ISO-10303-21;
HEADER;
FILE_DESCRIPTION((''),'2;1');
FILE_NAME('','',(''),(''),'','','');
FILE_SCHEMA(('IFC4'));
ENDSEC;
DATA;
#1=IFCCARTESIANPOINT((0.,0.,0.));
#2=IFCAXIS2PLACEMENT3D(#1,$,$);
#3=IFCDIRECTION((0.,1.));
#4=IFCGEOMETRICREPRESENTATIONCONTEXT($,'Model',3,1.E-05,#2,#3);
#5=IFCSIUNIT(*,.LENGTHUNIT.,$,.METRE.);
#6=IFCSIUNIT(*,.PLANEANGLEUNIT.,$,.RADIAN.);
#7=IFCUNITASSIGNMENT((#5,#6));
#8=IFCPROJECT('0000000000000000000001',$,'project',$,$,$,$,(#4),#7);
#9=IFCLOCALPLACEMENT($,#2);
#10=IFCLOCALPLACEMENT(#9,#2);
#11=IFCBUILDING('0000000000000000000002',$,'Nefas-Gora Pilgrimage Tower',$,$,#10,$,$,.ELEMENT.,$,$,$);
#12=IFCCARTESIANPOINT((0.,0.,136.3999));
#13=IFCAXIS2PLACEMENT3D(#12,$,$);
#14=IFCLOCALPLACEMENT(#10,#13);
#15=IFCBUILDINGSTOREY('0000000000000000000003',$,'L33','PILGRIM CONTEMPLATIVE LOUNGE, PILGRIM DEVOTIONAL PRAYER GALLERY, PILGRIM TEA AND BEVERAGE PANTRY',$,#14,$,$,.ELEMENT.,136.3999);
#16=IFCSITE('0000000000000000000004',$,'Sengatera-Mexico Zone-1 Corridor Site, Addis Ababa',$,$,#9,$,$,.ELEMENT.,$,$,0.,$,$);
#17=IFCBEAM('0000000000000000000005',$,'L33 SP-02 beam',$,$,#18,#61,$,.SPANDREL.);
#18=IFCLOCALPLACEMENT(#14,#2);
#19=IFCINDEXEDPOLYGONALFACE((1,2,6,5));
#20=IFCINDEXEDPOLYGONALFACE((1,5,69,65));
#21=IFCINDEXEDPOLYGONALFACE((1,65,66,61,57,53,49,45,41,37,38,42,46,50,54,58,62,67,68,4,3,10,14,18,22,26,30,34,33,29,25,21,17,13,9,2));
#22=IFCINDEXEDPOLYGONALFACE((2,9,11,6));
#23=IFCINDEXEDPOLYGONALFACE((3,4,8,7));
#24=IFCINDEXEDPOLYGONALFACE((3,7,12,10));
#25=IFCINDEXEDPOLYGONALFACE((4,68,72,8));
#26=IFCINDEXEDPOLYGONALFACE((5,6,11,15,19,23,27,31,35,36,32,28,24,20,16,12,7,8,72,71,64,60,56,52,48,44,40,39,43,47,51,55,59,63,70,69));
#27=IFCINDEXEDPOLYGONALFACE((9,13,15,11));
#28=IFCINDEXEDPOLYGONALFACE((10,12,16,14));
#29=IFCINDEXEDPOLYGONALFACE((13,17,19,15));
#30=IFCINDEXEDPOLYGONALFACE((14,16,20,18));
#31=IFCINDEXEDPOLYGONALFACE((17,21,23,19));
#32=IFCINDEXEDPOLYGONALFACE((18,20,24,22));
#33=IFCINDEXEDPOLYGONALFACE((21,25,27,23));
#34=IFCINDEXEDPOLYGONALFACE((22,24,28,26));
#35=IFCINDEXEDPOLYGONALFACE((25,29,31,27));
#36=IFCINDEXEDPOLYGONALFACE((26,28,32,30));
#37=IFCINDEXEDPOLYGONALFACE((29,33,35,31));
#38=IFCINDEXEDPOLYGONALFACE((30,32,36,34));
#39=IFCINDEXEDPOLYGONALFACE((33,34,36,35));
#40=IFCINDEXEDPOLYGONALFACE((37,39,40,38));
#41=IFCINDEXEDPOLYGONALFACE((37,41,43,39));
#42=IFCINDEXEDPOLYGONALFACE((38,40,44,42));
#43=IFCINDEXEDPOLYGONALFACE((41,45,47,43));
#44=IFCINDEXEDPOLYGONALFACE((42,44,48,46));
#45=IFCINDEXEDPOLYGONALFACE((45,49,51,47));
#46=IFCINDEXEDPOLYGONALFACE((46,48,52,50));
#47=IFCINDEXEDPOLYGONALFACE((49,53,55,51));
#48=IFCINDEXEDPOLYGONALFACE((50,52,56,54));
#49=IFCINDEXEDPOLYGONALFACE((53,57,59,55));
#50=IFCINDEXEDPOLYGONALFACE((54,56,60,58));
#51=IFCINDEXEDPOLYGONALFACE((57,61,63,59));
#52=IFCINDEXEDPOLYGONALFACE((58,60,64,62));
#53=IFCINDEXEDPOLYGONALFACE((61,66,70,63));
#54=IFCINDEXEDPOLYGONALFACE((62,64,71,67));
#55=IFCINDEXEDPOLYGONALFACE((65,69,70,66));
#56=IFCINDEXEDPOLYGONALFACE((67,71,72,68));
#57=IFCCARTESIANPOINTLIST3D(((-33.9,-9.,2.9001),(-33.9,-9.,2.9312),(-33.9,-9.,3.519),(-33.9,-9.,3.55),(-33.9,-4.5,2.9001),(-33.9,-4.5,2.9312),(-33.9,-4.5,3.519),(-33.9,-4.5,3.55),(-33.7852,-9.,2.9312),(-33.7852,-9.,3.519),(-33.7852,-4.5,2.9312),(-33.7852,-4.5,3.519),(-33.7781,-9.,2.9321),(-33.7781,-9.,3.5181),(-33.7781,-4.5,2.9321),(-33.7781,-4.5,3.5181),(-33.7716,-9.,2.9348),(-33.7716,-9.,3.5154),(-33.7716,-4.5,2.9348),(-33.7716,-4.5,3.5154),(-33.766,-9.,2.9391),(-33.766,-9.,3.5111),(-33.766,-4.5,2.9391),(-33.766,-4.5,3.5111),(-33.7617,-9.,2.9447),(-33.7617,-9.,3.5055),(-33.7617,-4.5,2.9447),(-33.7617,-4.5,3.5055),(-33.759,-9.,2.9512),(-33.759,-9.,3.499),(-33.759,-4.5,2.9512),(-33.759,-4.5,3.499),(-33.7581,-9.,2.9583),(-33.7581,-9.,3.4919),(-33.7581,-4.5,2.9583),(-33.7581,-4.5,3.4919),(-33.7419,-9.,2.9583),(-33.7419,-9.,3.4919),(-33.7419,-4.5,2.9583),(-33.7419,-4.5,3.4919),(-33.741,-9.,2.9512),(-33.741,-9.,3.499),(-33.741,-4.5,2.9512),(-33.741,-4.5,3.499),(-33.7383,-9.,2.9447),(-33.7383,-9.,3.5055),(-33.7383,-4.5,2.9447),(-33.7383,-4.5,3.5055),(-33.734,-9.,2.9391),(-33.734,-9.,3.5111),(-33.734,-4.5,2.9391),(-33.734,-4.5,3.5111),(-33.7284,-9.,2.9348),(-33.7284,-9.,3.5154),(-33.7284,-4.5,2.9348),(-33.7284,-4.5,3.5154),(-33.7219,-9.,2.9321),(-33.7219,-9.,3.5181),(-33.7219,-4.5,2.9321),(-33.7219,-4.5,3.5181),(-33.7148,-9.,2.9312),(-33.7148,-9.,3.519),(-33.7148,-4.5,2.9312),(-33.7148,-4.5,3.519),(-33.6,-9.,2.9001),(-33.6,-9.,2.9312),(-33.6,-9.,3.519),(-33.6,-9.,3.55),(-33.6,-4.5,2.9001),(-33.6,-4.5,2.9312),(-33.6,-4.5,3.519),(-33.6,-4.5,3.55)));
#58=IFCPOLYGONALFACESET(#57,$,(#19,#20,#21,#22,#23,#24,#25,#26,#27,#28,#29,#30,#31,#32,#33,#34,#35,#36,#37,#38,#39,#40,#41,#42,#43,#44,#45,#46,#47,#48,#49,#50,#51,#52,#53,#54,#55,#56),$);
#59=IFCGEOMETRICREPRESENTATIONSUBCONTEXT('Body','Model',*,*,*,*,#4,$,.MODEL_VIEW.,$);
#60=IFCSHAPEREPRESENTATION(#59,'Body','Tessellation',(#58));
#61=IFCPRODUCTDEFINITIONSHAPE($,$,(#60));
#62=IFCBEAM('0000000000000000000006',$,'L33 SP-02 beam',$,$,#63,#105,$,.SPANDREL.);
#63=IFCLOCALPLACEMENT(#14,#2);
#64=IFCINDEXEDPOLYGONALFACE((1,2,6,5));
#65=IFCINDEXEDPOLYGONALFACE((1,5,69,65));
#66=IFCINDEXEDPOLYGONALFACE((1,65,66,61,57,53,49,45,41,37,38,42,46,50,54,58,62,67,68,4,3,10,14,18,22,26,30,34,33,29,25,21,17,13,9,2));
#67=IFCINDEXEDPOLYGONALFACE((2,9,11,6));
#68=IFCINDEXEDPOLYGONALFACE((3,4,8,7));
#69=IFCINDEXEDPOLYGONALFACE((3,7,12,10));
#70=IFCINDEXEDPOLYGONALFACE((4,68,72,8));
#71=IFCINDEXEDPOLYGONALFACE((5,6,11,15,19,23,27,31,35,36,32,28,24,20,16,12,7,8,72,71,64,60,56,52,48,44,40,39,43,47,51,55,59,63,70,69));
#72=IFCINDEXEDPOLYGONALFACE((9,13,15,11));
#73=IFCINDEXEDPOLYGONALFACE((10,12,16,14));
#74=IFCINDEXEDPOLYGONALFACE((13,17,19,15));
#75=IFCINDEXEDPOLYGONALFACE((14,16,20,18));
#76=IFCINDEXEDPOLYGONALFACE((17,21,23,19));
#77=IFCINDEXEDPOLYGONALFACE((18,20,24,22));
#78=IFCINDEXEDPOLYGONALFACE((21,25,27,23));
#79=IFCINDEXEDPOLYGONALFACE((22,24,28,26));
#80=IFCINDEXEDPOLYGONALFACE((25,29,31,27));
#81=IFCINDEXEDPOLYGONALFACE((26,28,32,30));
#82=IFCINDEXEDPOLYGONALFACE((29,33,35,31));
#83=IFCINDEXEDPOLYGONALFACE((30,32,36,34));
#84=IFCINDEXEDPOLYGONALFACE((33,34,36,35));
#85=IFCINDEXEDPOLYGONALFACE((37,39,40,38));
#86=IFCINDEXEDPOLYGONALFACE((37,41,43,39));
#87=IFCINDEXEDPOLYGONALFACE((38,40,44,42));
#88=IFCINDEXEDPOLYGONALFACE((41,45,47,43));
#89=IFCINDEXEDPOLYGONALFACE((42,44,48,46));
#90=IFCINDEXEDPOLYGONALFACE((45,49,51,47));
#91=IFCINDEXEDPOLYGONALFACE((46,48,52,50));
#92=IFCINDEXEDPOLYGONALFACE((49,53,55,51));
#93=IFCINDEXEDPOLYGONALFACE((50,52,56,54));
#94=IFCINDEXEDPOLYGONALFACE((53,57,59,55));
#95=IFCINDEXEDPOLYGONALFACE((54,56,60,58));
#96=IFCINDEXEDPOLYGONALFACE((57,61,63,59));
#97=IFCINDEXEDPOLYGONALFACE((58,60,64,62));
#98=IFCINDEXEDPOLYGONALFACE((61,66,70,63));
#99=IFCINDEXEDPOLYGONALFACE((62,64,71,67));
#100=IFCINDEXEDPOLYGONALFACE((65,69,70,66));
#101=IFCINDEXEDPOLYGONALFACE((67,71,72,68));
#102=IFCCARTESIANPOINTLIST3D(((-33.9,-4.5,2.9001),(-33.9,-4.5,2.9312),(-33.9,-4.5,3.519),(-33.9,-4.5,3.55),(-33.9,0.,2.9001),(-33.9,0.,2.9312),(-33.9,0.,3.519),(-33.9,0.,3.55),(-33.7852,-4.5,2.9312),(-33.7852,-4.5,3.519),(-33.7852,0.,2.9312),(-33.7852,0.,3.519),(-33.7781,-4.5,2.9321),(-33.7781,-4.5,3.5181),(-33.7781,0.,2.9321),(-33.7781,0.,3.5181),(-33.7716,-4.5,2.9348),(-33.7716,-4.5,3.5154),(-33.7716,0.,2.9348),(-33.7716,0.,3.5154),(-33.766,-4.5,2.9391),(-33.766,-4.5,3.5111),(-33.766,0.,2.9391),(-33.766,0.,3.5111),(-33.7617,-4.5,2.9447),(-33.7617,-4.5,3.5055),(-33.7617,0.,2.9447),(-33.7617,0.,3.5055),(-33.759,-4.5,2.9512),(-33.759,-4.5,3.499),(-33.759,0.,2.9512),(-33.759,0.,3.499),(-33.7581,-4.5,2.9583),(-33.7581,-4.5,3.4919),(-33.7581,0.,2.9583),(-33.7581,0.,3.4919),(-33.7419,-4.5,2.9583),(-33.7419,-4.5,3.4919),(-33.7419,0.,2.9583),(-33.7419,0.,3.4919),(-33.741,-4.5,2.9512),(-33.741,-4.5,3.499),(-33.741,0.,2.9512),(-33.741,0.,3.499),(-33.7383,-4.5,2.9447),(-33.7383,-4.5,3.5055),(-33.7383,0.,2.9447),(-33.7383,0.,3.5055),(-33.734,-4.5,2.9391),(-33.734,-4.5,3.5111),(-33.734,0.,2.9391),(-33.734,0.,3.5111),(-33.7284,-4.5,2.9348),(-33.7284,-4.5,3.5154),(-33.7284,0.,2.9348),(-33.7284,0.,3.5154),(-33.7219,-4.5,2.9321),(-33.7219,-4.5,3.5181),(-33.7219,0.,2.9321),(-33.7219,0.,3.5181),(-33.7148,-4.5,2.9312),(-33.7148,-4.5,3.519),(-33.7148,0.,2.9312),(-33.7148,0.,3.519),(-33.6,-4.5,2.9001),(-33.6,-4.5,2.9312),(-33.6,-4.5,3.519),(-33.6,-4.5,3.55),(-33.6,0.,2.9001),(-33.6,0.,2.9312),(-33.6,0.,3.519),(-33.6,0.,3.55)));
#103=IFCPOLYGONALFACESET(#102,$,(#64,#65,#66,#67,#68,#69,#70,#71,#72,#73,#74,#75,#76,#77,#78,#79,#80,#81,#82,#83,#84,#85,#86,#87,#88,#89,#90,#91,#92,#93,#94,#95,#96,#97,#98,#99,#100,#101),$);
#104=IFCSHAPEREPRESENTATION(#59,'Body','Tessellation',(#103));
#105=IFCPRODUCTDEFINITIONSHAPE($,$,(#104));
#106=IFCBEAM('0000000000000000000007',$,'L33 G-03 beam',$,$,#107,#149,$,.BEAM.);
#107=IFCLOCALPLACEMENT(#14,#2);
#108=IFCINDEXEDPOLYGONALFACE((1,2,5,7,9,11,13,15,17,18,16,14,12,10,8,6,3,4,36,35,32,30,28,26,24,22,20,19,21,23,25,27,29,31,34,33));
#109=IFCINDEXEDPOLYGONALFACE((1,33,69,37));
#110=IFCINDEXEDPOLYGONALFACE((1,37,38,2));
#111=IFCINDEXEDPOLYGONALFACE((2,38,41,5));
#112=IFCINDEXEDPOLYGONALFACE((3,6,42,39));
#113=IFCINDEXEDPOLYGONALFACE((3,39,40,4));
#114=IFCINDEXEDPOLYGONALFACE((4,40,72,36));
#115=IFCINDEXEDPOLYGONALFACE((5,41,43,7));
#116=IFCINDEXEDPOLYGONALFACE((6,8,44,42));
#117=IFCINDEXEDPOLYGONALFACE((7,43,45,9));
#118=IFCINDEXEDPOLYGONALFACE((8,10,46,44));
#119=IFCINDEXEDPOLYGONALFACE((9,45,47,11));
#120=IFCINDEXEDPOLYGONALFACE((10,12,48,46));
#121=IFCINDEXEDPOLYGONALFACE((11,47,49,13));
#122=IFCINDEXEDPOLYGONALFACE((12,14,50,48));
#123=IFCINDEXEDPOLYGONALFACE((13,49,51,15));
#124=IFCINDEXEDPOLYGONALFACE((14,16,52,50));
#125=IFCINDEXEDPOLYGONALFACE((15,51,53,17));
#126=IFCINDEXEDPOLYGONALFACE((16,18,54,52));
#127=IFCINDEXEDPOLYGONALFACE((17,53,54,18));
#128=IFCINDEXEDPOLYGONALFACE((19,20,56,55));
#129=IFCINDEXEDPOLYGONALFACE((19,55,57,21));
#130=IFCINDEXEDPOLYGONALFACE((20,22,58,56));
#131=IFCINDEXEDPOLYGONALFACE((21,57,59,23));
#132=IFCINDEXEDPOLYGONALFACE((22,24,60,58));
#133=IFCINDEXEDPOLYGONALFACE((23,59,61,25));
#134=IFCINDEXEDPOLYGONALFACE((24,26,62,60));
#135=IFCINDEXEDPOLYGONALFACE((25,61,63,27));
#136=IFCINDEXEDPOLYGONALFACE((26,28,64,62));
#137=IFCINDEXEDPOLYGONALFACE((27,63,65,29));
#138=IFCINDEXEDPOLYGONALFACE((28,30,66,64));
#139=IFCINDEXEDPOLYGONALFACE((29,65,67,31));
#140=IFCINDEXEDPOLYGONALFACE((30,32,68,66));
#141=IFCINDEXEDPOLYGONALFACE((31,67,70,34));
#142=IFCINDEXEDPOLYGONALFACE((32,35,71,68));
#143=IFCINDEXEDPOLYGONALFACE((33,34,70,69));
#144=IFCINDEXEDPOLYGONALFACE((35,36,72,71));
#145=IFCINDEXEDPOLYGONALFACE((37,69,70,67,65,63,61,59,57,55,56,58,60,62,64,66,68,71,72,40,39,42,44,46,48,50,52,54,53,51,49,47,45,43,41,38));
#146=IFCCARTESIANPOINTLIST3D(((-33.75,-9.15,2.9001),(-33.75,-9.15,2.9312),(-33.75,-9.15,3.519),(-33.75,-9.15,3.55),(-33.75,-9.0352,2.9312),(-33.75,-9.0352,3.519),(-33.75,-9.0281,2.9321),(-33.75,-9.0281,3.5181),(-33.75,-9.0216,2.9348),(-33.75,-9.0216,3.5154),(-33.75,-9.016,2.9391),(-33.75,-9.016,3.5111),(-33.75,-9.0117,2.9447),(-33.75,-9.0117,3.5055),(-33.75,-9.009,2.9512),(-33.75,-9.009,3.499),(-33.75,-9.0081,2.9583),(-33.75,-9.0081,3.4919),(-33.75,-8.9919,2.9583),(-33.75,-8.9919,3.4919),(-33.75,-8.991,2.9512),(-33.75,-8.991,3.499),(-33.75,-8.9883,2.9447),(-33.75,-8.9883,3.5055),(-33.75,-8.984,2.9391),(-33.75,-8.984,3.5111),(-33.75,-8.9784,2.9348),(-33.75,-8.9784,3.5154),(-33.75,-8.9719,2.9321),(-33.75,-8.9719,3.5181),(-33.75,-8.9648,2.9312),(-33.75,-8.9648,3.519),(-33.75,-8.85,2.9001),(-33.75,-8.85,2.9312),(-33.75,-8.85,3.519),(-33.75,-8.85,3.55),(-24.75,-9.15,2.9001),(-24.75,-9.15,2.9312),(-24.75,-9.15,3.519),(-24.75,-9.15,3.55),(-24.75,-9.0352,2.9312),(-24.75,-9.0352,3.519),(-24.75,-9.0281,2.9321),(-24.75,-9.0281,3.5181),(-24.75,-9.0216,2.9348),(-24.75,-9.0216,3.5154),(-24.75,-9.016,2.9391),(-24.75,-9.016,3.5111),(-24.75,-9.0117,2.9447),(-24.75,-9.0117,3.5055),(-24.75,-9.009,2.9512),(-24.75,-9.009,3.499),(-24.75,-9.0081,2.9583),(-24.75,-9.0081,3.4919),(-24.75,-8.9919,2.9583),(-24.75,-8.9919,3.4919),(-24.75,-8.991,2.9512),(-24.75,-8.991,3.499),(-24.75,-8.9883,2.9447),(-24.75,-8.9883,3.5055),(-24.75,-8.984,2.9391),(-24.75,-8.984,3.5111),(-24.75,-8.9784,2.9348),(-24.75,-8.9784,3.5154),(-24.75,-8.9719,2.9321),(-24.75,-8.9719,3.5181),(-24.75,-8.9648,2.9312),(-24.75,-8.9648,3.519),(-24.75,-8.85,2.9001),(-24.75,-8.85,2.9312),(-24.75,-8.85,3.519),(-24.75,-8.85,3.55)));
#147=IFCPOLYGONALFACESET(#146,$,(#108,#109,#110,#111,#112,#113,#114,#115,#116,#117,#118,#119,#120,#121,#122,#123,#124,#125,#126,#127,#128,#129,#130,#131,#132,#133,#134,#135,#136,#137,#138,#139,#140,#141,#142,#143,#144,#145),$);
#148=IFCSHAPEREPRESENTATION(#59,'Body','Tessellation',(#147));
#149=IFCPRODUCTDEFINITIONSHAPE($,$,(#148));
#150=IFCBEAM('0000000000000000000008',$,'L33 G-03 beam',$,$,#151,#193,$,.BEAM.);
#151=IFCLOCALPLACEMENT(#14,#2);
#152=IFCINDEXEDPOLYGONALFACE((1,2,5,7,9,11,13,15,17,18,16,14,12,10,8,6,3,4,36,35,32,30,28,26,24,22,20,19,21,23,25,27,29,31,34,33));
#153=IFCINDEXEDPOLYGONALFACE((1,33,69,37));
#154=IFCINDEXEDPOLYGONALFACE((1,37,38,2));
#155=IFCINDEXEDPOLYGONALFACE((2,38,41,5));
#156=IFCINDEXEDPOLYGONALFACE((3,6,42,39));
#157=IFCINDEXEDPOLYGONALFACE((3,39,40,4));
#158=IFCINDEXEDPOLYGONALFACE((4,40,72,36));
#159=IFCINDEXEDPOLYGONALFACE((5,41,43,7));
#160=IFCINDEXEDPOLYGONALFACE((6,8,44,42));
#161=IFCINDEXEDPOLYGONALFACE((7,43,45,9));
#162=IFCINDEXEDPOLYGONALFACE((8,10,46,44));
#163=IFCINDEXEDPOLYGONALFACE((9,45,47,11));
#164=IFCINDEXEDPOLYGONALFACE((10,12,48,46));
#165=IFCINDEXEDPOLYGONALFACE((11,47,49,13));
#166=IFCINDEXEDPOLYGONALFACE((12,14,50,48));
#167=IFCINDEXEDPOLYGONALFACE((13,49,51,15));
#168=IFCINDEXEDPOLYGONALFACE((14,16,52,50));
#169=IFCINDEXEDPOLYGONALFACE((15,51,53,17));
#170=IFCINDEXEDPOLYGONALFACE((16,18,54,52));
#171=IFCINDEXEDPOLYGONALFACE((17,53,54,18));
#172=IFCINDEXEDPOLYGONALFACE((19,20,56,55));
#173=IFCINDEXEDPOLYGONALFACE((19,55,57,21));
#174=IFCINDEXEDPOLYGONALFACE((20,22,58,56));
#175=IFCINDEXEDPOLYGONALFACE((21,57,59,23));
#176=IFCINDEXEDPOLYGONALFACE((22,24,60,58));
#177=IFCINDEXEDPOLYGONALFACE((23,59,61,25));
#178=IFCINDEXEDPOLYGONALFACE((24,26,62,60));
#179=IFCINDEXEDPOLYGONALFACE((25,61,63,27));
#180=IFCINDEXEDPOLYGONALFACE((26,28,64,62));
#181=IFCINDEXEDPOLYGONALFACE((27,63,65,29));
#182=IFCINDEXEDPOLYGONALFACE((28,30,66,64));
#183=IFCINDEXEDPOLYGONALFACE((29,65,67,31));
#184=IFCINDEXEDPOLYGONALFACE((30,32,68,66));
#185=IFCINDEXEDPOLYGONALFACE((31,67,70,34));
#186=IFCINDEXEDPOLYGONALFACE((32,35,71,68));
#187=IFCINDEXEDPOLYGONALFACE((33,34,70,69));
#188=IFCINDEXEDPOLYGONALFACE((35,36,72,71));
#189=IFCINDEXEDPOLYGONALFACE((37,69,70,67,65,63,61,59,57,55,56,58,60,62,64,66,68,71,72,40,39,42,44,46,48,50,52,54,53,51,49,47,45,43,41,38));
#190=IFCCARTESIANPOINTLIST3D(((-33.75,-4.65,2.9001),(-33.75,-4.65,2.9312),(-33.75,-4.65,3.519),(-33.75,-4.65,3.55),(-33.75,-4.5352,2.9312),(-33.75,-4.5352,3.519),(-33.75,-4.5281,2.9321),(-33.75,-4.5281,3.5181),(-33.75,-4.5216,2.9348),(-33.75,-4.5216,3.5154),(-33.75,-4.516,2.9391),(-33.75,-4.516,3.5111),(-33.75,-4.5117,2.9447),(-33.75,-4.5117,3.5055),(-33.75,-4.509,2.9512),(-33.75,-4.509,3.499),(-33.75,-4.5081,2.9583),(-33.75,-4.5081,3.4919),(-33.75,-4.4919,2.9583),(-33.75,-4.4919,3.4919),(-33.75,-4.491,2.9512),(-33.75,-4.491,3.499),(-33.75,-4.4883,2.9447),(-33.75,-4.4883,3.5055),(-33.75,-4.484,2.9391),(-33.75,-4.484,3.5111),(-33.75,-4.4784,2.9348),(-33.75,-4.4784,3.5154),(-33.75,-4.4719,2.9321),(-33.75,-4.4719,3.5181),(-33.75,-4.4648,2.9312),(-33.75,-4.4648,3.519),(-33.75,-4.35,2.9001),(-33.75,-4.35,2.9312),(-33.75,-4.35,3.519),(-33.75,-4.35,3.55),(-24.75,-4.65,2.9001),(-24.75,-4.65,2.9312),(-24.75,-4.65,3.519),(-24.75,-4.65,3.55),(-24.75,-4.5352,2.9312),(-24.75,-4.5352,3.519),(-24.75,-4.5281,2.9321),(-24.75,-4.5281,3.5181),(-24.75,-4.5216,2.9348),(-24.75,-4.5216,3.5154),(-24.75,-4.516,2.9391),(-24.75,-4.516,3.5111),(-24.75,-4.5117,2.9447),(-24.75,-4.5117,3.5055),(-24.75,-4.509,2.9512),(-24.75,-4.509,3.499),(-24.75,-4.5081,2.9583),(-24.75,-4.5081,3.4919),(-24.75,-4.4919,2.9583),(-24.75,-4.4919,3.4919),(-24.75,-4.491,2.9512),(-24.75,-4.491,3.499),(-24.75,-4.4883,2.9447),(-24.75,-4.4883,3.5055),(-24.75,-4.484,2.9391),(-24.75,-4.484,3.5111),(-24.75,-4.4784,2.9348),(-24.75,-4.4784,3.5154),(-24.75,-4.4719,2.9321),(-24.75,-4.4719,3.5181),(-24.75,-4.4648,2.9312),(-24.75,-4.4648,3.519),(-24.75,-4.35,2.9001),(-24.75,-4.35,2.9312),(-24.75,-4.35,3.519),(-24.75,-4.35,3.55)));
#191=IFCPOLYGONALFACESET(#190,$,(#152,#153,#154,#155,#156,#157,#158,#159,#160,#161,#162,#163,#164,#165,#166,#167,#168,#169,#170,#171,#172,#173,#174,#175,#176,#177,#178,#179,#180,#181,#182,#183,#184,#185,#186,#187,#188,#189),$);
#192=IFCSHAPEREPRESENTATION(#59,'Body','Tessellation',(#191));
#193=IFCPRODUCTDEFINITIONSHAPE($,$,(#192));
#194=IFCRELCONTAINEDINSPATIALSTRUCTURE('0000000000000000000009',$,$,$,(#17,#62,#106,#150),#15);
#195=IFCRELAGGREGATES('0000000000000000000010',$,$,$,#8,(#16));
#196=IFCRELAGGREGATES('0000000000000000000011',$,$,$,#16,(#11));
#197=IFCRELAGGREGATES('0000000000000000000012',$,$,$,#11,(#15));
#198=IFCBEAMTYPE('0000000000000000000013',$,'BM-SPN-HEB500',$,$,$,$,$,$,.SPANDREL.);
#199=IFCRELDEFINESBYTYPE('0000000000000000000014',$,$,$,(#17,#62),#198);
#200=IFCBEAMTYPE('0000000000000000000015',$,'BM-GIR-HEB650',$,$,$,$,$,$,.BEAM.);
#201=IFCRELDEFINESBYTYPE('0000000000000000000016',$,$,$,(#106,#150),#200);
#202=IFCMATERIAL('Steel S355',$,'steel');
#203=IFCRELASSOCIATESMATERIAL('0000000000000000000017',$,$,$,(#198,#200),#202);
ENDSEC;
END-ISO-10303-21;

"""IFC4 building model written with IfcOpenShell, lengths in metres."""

from ifc_helpers import new_model, si_unit, direction, frame, origin, origin_2d, place, context, subcontext, project, spatial, i_section, extrude, source, transform, mapped, material, material_profile, profile_set, type_object, element, save


model = new_model("IFC4")

# Units and contexts
model_context = context("Model", 3, precision=1e-05, world=origin(), true_north=direction((0.0, 1.0)))
body_context = subcontext(model_context, "Body", "Model", "MODEL_VIEW")
ifc_project = project(units=[si_unit("LENGTHUNIT", "METRE"), si_unit("PLANEANGLEUNIT", "RADIAN")], contexts=[model_context])

# Site, building, storey
site_placement = place(None, origin())
site = spatial("IfcSite", under=ifc_project, at=site_placement, Name="Sengatera-Mexico Zone-1 Corridor Site, Addis Ababa", CompositionType="ELEMENT", RefElevation=0.0)
building_placement = place(site_placement, origin())
building = spatial("IfcBuilding", under=site, at=building_placement, Name="Nefas-Gora Pilgrimage Tower", CompositionType="ELEMENT")
storey_placement = place(building_placement, frame((0.0, 0.0, 136.3999)))
storey = spatial("IfcBuildingStorey", under=building, at=storey_placement, Name="L33", Description="PILGRIM CONTEMPLATIVE LOUNGE, PILGRIM DEVOTIONAL PRAYER GALLERY, PILGRIM TEA AND BEVERAGE PANTRY", CompositionType="ELEMENT", Elevation=136.3999)

# Beams
ifc_material_1 = material(Name="Steel S355", Category="steel")
ifc_material_profile_1 = material_profile(ifc_material_1, i_section(OverallWidth=0.3, OverallDepth=0.6499, WebThickness=0.0161, FlangeThickness=0.031, FilletRadius=0.0271, at=origin_2d()), Name="HEB 650")
ifc_profile_set_1 = profile_set([ifc_material_profile_1], Name="Steel S355")
beam_type_1 = type_object("IfcBeamType", Name="BM-SPN-HEB500", PredefinedType="SPANDREL", material=ifc_profile_set_1)
shared_shape_1 = source(origin(), body_context, "Body", "SweptSolid", [
    extrude(i_section(OverallWidth=0.3, OverallDepth=0.6499, WebThickness=0.0161, FlangeThickness=0.031, FilletRadius=0.0271, at=origin_2d()), origin(), (0.0, 0.0, 1.0), 4.5),
])
for number, where, z_axis, x_axis, name in (
    (1, (-33.75, -9.0, 3.2251), (0.0, 1.0, 0.0), (-1.0, 0.0, 0.0), "L33 SP-02 beam"),
    (2, (-33.75, -4.5, 3.2251), (0.0, 1.0, 0.0), (-1.0, 0.0, 0.0), "L33 SP-02 beam"),
):
    element("IfcBeam", number, at=place(storey_placement, frame(where, z_axis=z_axis, x_axis=x_axis)), inside=storey, type_object=beam_type_1, Name=name, PredefinedType="SPANDREL", context=body_context, shape_type="MappedRepresentation", body=[
        mapped(shared_shape_1, transform((0.0, 0.0, 0.0), x_axis=(1.0, 0.0, 0.0), y_axis=(0.0, 1.0, 0.0), z_axis=(0.0, 0.0, 1.0), scale=1.0)),
    ])
ifc_material_profile_2 = material_profile(ifc_material_1, i_section(OverallWidth=0.3, OverallDepth=0.6499, WebThickness=0.0161, FlangeThickness=0.031, FilletRadius=0.0271, at=origin_2d()), Name="HEB 650")
ifc_profile_set_2 = profile_set([ifc_material_profile_2], Name="Steel S355")
beam_type_2 = type_object("IfcBeamType", Name="BM-GIR-HEB650", PredefinedType="BEAM", material=ifc_profile_set_2)
shared_shape_2 = source(origin(), body_context, "Body", "SweptSolid", [
    extrude(i_section(OverallWidth=0.3, OverallDepth=0.6499, WebThickness=0.0161, FlangeThickness=0.031, FilletRadius=0.0271, at=origin_2d()), origin(), (0.0, 0.0, 1.0), 9.0),
])
for number, where, z_axis, x_axis, name in (
    (3, (-33.75, -9.0, 3.2251), (1.0, 0.0, 0.0), (0.0, 1.0, 0.0), "L33 G-03 beam"),
    (4, (-33.75, -4.5, 3.2251), (1.0, 0.0, 0.0), (0.0, 1.0, 0.0), "L33 G-03 beam"),
):
    element("IfcBeam", number, at=place(storey_placement, frame(where, z_axis=z_axis, x_axis=x_axis)), inside=storey, type_object=beam_type_2, Name=name, PredefinedType="BEAM", context=body_context, shape_type="MappedRepresentation", body=[
        mapped(shared_shape_2, transform((0.0, 0.0, 0.0), x_axis=(1.0, 0.0, 0.0), y_axis=(0.0, 1.0, 0.0), z_axis=(0.0, 0.0, 1.0), scale=1.0)),
    ])

save(model, "model.ifc")
